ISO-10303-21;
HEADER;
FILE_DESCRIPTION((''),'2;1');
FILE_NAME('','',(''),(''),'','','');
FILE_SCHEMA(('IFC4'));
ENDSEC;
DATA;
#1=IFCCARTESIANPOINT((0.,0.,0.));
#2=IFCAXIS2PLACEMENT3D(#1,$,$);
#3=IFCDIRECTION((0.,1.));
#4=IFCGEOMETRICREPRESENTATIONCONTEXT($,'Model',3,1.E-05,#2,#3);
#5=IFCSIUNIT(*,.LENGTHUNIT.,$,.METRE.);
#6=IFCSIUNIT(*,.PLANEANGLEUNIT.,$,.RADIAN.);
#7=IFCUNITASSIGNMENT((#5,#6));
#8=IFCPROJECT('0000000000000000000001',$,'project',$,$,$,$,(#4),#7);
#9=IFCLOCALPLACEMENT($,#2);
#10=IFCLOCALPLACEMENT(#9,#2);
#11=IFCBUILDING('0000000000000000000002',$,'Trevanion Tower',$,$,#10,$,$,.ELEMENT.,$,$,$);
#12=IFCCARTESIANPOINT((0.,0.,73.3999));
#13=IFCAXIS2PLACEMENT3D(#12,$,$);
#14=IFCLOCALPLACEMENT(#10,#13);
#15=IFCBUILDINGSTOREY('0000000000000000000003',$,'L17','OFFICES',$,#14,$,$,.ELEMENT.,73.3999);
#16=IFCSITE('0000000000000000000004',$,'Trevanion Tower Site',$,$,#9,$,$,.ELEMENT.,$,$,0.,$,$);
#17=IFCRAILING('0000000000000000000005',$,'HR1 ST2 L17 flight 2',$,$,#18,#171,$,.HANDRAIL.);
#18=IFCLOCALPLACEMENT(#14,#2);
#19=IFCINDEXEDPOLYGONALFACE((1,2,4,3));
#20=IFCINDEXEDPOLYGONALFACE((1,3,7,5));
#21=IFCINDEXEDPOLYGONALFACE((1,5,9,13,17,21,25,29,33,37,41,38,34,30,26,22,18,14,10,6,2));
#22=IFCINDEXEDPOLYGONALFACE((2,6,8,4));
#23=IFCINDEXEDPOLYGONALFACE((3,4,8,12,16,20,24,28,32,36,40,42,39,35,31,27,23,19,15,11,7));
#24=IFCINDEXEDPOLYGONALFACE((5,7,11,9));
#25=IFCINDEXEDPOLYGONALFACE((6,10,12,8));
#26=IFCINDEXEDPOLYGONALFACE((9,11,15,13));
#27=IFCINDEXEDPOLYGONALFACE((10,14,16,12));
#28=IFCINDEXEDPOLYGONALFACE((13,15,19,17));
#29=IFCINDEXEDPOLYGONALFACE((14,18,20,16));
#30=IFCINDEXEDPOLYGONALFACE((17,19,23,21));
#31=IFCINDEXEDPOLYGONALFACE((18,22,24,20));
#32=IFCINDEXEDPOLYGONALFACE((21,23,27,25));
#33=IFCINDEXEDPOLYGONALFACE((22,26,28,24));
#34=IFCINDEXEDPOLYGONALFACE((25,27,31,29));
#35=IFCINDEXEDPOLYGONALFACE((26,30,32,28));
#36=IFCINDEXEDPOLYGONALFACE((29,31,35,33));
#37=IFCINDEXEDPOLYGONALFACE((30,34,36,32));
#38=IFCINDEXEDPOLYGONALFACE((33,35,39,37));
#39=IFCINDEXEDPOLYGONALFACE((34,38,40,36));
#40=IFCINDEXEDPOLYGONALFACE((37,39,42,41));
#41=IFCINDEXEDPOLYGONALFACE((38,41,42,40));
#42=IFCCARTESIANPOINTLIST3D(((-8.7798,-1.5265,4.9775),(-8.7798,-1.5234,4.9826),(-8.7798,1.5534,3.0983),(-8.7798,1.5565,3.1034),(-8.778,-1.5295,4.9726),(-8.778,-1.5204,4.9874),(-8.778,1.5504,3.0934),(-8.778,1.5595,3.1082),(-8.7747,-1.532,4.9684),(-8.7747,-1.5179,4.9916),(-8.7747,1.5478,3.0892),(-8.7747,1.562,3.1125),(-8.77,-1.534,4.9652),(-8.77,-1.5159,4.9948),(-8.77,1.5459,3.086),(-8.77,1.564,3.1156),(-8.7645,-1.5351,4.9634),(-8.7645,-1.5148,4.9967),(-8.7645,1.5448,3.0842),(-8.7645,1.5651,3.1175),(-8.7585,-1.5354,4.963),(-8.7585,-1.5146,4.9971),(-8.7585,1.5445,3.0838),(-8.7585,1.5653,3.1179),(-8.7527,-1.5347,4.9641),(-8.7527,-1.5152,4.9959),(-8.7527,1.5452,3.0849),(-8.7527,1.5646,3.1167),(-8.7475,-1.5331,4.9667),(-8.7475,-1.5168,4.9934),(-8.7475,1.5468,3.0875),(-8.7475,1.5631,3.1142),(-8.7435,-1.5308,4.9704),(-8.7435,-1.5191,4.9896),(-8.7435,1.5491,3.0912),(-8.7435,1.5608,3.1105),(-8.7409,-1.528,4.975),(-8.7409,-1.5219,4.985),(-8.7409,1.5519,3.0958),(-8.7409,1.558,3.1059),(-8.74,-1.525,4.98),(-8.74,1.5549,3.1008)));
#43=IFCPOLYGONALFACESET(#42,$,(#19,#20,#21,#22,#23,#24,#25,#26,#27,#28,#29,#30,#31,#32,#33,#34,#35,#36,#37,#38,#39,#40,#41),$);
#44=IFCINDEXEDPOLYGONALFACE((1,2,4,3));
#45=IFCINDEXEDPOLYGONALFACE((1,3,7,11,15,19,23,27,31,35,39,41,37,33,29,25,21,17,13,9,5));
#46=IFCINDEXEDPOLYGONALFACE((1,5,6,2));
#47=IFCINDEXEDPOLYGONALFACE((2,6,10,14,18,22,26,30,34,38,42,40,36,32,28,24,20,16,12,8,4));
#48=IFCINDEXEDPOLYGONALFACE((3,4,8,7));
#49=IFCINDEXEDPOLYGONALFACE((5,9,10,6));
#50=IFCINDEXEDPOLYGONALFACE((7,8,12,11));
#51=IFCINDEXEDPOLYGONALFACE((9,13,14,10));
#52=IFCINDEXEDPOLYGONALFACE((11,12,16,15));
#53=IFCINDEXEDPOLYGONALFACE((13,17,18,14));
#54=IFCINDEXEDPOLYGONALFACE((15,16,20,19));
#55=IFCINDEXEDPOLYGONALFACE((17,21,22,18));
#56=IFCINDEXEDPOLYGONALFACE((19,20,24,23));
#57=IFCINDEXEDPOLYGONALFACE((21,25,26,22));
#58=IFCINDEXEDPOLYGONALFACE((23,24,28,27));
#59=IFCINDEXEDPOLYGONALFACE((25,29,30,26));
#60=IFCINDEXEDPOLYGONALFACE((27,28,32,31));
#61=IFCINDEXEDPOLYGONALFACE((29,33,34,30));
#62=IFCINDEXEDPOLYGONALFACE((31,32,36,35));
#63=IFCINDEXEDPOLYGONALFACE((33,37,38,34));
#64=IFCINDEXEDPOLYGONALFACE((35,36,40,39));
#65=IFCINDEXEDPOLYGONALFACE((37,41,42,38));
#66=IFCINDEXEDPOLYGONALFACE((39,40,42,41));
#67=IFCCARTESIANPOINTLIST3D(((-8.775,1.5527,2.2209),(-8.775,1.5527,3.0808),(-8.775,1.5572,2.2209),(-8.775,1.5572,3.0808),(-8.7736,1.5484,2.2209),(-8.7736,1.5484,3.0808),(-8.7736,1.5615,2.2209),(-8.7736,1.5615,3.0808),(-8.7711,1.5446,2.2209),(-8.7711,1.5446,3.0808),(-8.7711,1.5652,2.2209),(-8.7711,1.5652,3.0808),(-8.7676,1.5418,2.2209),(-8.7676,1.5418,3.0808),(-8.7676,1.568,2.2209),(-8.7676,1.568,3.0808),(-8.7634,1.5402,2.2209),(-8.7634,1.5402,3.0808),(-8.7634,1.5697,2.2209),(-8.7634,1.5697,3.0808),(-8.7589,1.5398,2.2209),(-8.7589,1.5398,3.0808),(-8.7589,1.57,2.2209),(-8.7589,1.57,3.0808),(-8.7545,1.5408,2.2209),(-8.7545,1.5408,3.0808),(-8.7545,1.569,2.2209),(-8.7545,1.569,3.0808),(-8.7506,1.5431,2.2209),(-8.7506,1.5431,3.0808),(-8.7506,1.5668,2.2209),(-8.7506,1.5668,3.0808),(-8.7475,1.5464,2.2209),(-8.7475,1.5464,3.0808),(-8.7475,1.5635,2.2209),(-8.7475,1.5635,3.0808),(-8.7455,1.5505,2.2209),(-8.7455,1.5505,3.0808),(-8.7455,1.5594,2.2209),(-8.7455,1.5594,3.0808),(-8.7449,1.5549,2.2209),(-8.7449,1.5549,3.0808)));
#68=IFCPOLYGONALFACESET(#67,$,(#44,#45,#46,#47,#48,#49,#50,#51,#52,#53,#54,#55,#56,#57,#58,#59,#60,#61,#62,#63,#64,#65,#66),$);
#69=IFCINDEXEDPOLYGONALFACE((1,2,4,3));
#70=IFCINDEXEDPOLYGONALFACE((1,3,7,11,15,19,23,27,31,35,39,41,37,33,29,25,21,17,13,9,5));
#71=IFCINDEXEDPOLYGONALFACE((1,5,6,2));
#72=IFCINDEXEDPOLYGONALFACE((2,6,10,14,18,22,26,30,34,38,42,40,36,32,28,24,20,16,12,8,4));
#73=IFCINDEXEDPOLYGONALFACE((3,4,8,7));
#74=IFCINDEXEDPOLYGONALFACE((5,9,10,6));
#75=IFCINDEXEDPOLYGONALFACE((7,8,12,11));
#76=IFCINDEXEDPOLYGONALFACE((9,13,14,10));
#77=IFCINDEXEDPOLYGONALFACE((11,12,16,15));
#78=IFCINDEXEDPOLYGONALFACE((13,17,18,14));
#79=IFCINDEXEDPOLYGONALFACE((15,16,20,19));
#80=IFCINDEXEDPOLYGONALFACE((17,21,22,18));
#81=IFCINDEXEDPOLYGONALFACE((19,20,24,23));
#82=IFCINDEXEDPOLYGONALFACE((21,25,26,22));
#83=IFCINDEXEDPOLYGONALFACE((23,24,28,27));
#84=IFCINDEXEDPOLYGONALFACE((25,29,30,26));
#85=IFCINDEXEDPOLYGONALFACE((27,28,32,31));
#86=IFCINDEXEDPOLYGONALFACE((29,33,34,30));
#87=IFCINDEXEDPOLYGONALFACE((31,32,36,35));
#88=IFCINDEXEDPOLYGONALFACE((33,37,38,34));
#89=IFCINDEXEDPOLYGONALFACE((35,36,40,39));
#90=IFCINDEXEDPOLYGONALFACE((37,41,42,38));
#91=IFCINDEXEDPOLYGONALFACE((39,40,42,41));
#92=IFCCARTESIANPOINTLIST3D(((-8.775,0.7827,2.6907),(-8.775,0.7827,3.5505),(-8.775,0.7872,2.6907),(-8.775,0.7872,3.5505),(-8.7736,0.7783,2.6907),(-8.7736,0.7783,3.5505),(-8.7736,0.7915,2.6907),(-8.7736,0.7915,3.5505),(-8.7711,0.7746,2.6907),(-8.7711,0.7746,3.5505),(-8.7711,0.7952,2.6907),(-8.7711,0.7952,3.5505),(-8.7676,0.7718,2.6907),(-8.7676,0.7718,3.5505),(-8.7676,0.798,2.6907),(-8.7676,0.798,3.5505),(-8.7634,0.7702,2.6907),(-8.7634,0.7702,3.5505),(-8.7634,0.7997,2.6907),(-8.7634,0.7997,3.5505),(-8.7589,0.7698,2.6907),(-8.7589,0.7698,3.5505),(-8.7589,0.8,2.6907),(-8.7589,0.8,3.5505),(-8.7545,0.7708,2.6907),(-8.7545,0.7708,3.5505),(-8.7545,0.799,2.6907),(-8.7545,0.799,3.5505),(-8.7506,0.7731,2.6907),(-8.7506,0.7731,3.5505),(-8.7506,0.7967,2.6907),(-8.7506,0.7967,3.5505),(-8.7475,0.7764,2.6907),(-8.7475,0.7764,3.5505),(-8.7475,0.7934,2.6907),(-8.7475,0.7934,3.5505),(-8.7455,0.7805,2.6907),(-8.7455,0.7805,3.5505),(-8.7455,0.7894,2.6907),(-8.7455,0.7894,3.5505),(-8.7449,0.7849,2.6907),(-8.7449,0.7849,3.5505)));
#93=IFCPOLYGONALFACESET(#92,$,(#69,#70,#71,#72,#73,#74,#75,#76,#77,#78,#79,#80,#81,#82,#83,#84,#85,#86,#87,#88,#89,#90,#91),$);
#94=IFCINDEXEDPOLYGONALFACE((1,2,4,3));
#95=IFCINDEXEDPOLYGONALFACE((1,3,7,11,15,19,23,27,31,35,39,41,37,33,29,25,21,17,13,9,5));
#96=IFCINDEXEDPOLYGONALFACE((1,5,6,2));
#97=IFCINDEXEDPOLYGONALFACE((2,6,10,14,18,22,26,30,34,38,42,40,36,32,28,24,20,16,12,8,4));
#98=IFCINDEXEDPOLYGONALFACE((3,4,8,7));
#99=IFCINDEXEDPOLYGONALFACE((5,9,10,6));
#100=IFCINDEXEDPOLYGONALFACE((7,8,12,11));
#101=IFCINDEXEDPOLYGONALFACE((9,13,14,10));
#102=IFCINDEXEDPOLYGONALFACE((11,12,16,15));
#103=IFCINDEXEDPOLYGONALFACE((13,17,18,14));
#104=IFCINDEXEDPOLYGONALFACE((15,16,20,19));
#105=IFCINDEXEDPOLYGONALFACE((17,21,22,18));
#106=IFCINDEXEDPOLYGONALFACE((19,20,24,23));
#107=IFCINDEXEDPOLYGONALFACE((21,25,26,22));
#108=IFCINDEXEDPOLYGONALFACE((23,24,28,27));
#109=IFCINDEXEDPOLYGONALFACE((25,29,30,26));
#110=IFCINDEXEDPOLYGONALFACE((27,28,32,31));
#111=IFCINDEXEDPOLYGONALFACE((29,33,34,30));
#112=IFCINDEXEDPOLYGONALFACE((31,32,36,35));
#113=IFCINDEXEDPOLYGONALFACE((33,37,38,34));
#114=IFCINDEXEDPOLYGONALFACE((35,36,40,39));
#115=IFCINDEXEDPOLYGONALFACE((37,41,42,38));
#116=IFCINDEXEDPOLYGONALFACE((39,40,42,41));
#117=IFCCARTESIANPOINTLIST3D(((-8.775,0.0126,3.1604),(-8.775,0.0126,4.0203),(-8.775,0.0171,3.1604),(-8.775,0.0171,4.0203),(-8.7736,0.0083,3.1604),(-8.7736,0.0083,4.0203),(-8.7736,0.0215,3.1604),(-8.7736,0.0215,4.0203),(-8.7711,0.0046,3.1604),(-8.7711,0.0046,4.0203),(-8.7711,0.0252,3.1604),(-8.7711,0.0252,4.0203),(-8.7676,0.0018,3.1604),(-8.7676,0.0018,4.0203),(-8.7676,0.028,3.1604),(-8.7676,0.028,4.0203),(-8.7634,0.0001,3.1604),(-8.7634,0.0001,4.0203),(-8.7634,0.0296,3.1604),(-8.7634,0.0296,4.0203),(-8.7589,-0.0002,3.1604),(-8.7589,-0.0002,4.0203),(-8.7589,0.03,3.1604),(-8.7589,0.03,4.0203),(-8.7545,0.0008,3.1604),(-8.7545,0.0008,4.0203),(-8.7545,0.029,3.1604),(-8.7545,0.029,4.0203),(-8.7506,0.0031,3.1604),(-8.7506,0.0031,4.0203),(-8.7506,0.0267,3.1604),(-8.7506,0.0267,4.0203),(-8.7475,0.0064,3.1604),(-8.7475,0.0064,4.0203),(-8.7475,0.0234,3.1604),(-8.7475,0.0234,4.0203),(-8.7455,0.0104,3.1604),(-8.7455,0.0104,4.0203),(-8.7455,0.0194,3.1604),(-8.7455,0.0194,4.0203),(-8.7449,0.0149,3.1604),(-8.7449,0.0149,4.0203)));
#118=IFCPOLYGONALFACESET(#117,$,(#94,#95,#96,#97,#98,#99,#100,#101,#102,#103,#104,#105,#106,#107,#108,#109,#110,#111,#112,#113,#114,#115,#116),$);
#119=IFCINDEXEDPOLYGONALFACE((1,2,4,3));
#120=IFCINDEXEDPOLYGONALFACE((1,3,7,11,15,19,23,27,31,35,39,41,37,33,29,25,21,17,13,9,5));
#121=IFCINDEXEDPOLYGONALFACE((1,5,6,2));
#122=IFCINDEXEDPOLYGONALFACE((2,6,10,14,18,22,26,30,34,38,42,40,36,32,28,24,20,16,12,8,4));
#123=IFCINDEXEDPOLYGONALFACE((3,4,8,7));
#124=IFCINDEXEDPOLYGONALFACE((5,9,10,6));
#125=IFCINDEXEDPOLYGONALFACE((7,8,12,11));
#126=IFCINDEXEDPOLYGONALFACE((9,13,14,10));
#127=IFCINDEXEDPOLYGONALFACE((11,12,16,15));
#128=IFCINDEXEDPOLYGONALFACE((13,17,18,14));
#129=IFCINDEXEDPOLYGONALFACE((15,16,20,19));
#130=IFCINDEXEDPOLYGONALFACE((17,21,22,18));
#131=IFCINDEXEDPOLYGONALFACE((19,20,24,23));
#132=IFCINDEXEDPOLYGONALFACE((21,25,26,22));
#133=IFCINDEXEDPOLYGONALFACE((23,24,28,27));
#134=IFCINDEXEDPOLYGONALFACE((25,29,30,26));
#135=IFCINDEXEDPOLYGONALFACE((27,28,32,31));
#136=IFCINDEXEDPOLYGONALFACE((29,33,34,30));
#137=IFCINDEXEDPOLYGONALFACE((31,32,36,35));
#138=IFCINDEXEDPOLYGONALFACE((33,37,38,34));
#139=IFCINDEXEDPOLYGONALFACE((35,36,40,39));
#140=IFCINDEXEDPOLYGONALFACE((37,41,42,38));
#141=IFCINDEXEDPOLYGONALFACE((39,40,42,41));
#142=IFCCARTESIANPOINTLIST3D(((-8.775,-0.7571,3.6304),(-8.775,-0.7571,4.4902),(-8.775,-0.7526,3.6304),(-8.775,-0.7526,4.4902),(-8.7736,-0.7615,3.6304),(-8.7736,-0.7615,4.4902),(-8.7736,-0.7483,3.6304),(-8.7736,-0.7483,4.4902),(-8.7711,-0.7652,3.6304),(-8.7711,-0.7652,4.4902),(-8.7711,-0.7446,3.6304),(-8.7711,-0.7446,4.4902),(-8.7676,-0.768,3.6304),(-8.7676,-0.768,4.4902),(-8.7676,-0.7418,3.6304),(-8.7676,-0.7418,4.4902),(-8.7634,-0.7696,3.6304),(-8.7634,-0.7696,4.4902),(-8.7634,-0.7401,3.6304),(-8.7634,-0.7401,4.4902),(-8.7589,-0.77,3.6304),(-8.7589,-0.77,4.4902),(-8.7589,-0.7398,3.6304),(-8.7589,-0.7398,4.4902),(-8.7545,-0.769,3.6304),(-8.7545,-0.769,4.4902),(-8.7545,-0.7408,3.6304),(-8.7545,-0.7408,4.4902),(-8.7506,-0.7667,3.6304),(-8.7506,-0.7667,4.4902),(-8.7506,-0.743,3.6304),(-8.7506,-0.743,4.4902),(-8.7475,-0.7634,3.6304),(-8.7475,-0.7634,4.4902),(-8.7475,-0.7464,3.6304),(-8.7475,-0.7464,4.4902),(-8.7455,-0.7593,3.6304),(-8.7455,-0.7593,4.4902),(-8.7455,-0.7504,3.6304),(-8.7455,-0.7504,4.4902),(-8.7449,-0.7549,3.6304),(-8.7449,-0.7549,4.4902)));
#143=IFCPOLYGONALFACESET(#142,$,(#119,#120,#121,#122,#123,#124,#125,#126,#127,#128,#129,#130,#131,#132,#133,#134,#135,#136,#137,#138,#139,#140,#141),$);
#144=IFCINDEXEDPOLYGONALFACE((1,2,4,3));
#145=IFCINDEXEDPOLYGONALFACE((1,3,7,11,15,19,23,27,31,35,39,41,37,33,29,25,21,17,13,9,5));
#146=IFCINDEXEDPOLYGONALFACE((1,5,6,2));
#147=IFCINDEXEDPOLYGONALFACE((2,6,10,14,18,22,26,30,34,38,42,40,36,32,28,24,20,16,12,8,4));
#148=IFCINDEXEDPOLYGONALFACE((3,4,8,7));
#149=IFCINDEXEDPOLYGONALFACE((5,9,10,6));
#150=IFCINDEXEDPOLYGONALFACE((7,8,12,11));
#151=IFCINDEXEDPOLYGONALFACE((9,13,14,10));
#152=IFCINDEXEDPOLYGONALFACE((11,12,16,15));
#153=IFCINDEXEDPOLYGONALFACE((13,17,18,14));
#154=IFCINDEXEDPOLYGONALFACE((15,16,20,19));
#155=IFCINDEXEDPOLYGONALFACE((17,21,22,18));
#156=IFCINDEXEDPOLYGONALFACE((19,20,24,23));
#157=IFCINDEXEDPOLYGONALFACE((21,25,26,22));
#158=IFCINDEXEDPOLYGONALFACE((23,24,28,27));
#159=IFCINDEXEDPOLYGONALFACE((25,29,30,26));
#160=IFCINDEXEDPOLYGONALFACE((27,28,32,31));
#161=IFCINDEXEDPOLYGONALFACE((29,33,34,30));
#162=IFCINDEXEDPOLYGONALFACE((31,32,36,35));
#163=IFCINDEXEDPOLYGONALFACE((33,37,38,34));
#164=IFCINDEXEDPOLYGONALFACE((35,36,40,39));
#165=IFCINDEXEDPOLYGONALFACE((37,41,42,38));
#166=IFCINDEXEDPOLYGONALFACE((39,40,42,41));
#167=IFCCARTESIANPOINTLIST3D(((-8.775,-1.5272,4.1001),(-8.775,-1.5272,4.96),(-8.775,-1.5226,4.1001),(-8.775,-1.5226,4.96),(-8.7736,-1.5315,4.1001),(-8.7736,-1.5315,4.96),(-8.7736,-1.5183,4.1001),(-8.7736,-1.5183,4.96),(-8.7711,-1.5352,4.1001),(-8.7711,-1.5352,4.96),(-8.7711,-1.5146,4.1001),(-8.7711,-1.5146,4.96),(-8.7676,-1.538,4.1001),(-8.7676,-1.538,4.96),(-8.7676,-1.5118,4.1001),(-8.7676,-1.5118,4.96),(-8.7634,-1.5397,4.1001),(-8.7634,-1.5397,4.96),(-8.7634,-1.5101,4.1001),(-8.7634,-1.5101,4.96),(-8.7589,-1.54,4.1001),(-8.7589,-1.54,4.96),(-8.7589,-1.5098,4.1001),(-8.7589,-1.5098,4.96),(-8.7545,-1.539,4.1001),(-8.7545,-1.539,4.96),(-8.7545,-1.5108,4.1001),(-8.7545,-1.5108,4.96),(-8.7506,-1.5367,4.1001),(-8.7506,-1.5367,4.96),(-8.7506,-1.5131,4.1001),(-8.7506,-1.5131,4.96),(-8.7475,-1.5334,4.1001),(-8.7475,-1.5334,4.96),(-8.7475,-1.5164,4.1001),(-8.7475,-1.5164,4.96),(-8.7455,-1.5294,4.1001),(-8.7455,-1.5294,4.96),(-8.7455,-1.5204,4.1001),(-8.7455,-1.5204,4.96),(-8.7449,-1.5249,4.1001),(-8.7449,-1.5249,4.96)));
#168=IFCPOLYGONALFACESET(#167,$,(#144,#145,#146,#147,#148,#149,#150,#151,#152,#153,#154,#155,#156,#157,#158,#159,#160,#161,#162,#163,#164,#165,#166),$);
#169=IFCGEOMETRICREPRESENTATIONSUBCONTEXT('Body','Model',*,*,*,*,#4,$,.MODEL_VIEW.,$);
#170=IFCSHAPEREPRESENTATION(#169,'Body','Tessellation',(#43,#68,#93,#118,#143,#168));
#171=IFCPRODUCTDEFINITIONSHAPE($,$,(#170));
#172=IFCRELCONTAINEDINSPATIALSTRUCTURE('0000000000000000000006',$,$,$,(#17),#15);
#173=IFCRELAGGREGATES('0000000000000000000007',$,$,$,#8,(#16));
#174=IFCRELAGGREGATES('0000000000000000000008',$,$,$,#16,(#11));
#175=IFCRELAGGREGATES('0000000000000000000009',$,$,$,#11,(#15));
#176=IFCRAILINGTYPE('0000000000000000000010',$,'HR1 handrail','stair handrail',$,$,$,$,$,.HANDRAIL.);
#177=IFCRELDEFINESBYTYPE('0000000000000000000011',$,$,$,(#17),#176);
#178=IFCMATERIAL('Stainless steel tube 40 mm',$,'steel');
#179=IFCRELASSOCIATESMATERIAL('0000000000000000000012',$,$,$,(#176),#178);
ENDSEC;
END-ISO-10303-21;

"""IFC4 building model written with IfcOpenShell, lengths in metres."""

from ifc_helpers import new_model, si_unit, direction, frame, origin, origin_2d, place, context, subcontext, project, spatial, circle, extrude, material, type_object, element, save


model = new_model("IFC4")

# Units and contexts
model_context = context("Model", 3, precision=1e-05, world=origin(), true_north=direction((0.0, 1.0)))
body_context = subcontext(model_context, "Body", "Model", "MODEL_VIEW")
ifc_project = project(units=[si_unit("LENGTHUNIT", "METRE"), si_unit("PLANEANGLEUNIT", "RADIAN")], contexts=[model_context])

# Site, building, storey
site_placement = place(None, origin())
site = spatial("IfcSite", under=ifc_project, at=site_placement, Name="Trevanion Tower Site", CompositionType="ELEMENT", RefElevation=0.0)
building_placement = place(site_placement, origin())
building = spatial("IfcBuilding", under=site, at=building_placement, Name="Trevanion Tower", CompositionType="ELEMENT")
storey_placement = place(building_placement, frame((0.0, 0.0, 73.3999)))
storey = spatial("IfcBuildingStorey", under=building, at=storey_placement, Name="L17", Description="OFFICES", CompositionType="ELEMENT", Elevation=73.3999)

# Railing
ifc_material_1 = material(Name="Stainless steel tube 40 mm", Category="steel")
railing_type = type_object("IfcRailingType", Name="HR1 handrail", Description="stair handrail", PredefinedType="HANDRAIL", material=ifc_material_1)
for number, where, name in (
    (1, (-8.76, 1.5549, 2.2209), "HR1 ST2 L17 flight 2"),
):
    element("IfcRailing", number, at=place(storey_placement, frame(where)), inside=storey, type_object=railing_type, Name=name, PredefinedType="HANDRAIL", context=body_context, shape_type="SweptSolid", body=[
        extrude(circle(Radius=0.02, at=origin_2d()), frame((0.0, 0.0, 0.8799), z_axis=(0.0, -0.853648, 0.52085), x_axis=(1.0, 0.0, 0.0)), (0.0, 0.0, 1.0), 3.6079),
        extrude(circle(Radius=0.0151, at=origin_2d()), origin(), (0.0, 0.0, 1.0), 0.8599),
        extrude(circle(Radius=0.0151, at=origin_2d()), frame((0.0, -0.77, 0.4697)), (0.0, 0.0, 1.0), 0.8599),
        extrude(circle(Radius=0.0151, at=origin_2d()), frame((0.0, -1.54, 0.9395)), (0.0, 0.0, 1.0), 0.8599),
        extrude(circle(Radius=0.0151, at=origin_2d()), frame((0.0, -2.3098, 1.4094)), (0.0, 0.0, 1.0), 0.8599),
        extrude(circle(Radius=0.0151, at=origin_2d()), frame((0.0, -3.0798, 1.8792)), (0.0, 0.0, 1.0), 0.8599),
    ])

save(model, "model.ifc")
